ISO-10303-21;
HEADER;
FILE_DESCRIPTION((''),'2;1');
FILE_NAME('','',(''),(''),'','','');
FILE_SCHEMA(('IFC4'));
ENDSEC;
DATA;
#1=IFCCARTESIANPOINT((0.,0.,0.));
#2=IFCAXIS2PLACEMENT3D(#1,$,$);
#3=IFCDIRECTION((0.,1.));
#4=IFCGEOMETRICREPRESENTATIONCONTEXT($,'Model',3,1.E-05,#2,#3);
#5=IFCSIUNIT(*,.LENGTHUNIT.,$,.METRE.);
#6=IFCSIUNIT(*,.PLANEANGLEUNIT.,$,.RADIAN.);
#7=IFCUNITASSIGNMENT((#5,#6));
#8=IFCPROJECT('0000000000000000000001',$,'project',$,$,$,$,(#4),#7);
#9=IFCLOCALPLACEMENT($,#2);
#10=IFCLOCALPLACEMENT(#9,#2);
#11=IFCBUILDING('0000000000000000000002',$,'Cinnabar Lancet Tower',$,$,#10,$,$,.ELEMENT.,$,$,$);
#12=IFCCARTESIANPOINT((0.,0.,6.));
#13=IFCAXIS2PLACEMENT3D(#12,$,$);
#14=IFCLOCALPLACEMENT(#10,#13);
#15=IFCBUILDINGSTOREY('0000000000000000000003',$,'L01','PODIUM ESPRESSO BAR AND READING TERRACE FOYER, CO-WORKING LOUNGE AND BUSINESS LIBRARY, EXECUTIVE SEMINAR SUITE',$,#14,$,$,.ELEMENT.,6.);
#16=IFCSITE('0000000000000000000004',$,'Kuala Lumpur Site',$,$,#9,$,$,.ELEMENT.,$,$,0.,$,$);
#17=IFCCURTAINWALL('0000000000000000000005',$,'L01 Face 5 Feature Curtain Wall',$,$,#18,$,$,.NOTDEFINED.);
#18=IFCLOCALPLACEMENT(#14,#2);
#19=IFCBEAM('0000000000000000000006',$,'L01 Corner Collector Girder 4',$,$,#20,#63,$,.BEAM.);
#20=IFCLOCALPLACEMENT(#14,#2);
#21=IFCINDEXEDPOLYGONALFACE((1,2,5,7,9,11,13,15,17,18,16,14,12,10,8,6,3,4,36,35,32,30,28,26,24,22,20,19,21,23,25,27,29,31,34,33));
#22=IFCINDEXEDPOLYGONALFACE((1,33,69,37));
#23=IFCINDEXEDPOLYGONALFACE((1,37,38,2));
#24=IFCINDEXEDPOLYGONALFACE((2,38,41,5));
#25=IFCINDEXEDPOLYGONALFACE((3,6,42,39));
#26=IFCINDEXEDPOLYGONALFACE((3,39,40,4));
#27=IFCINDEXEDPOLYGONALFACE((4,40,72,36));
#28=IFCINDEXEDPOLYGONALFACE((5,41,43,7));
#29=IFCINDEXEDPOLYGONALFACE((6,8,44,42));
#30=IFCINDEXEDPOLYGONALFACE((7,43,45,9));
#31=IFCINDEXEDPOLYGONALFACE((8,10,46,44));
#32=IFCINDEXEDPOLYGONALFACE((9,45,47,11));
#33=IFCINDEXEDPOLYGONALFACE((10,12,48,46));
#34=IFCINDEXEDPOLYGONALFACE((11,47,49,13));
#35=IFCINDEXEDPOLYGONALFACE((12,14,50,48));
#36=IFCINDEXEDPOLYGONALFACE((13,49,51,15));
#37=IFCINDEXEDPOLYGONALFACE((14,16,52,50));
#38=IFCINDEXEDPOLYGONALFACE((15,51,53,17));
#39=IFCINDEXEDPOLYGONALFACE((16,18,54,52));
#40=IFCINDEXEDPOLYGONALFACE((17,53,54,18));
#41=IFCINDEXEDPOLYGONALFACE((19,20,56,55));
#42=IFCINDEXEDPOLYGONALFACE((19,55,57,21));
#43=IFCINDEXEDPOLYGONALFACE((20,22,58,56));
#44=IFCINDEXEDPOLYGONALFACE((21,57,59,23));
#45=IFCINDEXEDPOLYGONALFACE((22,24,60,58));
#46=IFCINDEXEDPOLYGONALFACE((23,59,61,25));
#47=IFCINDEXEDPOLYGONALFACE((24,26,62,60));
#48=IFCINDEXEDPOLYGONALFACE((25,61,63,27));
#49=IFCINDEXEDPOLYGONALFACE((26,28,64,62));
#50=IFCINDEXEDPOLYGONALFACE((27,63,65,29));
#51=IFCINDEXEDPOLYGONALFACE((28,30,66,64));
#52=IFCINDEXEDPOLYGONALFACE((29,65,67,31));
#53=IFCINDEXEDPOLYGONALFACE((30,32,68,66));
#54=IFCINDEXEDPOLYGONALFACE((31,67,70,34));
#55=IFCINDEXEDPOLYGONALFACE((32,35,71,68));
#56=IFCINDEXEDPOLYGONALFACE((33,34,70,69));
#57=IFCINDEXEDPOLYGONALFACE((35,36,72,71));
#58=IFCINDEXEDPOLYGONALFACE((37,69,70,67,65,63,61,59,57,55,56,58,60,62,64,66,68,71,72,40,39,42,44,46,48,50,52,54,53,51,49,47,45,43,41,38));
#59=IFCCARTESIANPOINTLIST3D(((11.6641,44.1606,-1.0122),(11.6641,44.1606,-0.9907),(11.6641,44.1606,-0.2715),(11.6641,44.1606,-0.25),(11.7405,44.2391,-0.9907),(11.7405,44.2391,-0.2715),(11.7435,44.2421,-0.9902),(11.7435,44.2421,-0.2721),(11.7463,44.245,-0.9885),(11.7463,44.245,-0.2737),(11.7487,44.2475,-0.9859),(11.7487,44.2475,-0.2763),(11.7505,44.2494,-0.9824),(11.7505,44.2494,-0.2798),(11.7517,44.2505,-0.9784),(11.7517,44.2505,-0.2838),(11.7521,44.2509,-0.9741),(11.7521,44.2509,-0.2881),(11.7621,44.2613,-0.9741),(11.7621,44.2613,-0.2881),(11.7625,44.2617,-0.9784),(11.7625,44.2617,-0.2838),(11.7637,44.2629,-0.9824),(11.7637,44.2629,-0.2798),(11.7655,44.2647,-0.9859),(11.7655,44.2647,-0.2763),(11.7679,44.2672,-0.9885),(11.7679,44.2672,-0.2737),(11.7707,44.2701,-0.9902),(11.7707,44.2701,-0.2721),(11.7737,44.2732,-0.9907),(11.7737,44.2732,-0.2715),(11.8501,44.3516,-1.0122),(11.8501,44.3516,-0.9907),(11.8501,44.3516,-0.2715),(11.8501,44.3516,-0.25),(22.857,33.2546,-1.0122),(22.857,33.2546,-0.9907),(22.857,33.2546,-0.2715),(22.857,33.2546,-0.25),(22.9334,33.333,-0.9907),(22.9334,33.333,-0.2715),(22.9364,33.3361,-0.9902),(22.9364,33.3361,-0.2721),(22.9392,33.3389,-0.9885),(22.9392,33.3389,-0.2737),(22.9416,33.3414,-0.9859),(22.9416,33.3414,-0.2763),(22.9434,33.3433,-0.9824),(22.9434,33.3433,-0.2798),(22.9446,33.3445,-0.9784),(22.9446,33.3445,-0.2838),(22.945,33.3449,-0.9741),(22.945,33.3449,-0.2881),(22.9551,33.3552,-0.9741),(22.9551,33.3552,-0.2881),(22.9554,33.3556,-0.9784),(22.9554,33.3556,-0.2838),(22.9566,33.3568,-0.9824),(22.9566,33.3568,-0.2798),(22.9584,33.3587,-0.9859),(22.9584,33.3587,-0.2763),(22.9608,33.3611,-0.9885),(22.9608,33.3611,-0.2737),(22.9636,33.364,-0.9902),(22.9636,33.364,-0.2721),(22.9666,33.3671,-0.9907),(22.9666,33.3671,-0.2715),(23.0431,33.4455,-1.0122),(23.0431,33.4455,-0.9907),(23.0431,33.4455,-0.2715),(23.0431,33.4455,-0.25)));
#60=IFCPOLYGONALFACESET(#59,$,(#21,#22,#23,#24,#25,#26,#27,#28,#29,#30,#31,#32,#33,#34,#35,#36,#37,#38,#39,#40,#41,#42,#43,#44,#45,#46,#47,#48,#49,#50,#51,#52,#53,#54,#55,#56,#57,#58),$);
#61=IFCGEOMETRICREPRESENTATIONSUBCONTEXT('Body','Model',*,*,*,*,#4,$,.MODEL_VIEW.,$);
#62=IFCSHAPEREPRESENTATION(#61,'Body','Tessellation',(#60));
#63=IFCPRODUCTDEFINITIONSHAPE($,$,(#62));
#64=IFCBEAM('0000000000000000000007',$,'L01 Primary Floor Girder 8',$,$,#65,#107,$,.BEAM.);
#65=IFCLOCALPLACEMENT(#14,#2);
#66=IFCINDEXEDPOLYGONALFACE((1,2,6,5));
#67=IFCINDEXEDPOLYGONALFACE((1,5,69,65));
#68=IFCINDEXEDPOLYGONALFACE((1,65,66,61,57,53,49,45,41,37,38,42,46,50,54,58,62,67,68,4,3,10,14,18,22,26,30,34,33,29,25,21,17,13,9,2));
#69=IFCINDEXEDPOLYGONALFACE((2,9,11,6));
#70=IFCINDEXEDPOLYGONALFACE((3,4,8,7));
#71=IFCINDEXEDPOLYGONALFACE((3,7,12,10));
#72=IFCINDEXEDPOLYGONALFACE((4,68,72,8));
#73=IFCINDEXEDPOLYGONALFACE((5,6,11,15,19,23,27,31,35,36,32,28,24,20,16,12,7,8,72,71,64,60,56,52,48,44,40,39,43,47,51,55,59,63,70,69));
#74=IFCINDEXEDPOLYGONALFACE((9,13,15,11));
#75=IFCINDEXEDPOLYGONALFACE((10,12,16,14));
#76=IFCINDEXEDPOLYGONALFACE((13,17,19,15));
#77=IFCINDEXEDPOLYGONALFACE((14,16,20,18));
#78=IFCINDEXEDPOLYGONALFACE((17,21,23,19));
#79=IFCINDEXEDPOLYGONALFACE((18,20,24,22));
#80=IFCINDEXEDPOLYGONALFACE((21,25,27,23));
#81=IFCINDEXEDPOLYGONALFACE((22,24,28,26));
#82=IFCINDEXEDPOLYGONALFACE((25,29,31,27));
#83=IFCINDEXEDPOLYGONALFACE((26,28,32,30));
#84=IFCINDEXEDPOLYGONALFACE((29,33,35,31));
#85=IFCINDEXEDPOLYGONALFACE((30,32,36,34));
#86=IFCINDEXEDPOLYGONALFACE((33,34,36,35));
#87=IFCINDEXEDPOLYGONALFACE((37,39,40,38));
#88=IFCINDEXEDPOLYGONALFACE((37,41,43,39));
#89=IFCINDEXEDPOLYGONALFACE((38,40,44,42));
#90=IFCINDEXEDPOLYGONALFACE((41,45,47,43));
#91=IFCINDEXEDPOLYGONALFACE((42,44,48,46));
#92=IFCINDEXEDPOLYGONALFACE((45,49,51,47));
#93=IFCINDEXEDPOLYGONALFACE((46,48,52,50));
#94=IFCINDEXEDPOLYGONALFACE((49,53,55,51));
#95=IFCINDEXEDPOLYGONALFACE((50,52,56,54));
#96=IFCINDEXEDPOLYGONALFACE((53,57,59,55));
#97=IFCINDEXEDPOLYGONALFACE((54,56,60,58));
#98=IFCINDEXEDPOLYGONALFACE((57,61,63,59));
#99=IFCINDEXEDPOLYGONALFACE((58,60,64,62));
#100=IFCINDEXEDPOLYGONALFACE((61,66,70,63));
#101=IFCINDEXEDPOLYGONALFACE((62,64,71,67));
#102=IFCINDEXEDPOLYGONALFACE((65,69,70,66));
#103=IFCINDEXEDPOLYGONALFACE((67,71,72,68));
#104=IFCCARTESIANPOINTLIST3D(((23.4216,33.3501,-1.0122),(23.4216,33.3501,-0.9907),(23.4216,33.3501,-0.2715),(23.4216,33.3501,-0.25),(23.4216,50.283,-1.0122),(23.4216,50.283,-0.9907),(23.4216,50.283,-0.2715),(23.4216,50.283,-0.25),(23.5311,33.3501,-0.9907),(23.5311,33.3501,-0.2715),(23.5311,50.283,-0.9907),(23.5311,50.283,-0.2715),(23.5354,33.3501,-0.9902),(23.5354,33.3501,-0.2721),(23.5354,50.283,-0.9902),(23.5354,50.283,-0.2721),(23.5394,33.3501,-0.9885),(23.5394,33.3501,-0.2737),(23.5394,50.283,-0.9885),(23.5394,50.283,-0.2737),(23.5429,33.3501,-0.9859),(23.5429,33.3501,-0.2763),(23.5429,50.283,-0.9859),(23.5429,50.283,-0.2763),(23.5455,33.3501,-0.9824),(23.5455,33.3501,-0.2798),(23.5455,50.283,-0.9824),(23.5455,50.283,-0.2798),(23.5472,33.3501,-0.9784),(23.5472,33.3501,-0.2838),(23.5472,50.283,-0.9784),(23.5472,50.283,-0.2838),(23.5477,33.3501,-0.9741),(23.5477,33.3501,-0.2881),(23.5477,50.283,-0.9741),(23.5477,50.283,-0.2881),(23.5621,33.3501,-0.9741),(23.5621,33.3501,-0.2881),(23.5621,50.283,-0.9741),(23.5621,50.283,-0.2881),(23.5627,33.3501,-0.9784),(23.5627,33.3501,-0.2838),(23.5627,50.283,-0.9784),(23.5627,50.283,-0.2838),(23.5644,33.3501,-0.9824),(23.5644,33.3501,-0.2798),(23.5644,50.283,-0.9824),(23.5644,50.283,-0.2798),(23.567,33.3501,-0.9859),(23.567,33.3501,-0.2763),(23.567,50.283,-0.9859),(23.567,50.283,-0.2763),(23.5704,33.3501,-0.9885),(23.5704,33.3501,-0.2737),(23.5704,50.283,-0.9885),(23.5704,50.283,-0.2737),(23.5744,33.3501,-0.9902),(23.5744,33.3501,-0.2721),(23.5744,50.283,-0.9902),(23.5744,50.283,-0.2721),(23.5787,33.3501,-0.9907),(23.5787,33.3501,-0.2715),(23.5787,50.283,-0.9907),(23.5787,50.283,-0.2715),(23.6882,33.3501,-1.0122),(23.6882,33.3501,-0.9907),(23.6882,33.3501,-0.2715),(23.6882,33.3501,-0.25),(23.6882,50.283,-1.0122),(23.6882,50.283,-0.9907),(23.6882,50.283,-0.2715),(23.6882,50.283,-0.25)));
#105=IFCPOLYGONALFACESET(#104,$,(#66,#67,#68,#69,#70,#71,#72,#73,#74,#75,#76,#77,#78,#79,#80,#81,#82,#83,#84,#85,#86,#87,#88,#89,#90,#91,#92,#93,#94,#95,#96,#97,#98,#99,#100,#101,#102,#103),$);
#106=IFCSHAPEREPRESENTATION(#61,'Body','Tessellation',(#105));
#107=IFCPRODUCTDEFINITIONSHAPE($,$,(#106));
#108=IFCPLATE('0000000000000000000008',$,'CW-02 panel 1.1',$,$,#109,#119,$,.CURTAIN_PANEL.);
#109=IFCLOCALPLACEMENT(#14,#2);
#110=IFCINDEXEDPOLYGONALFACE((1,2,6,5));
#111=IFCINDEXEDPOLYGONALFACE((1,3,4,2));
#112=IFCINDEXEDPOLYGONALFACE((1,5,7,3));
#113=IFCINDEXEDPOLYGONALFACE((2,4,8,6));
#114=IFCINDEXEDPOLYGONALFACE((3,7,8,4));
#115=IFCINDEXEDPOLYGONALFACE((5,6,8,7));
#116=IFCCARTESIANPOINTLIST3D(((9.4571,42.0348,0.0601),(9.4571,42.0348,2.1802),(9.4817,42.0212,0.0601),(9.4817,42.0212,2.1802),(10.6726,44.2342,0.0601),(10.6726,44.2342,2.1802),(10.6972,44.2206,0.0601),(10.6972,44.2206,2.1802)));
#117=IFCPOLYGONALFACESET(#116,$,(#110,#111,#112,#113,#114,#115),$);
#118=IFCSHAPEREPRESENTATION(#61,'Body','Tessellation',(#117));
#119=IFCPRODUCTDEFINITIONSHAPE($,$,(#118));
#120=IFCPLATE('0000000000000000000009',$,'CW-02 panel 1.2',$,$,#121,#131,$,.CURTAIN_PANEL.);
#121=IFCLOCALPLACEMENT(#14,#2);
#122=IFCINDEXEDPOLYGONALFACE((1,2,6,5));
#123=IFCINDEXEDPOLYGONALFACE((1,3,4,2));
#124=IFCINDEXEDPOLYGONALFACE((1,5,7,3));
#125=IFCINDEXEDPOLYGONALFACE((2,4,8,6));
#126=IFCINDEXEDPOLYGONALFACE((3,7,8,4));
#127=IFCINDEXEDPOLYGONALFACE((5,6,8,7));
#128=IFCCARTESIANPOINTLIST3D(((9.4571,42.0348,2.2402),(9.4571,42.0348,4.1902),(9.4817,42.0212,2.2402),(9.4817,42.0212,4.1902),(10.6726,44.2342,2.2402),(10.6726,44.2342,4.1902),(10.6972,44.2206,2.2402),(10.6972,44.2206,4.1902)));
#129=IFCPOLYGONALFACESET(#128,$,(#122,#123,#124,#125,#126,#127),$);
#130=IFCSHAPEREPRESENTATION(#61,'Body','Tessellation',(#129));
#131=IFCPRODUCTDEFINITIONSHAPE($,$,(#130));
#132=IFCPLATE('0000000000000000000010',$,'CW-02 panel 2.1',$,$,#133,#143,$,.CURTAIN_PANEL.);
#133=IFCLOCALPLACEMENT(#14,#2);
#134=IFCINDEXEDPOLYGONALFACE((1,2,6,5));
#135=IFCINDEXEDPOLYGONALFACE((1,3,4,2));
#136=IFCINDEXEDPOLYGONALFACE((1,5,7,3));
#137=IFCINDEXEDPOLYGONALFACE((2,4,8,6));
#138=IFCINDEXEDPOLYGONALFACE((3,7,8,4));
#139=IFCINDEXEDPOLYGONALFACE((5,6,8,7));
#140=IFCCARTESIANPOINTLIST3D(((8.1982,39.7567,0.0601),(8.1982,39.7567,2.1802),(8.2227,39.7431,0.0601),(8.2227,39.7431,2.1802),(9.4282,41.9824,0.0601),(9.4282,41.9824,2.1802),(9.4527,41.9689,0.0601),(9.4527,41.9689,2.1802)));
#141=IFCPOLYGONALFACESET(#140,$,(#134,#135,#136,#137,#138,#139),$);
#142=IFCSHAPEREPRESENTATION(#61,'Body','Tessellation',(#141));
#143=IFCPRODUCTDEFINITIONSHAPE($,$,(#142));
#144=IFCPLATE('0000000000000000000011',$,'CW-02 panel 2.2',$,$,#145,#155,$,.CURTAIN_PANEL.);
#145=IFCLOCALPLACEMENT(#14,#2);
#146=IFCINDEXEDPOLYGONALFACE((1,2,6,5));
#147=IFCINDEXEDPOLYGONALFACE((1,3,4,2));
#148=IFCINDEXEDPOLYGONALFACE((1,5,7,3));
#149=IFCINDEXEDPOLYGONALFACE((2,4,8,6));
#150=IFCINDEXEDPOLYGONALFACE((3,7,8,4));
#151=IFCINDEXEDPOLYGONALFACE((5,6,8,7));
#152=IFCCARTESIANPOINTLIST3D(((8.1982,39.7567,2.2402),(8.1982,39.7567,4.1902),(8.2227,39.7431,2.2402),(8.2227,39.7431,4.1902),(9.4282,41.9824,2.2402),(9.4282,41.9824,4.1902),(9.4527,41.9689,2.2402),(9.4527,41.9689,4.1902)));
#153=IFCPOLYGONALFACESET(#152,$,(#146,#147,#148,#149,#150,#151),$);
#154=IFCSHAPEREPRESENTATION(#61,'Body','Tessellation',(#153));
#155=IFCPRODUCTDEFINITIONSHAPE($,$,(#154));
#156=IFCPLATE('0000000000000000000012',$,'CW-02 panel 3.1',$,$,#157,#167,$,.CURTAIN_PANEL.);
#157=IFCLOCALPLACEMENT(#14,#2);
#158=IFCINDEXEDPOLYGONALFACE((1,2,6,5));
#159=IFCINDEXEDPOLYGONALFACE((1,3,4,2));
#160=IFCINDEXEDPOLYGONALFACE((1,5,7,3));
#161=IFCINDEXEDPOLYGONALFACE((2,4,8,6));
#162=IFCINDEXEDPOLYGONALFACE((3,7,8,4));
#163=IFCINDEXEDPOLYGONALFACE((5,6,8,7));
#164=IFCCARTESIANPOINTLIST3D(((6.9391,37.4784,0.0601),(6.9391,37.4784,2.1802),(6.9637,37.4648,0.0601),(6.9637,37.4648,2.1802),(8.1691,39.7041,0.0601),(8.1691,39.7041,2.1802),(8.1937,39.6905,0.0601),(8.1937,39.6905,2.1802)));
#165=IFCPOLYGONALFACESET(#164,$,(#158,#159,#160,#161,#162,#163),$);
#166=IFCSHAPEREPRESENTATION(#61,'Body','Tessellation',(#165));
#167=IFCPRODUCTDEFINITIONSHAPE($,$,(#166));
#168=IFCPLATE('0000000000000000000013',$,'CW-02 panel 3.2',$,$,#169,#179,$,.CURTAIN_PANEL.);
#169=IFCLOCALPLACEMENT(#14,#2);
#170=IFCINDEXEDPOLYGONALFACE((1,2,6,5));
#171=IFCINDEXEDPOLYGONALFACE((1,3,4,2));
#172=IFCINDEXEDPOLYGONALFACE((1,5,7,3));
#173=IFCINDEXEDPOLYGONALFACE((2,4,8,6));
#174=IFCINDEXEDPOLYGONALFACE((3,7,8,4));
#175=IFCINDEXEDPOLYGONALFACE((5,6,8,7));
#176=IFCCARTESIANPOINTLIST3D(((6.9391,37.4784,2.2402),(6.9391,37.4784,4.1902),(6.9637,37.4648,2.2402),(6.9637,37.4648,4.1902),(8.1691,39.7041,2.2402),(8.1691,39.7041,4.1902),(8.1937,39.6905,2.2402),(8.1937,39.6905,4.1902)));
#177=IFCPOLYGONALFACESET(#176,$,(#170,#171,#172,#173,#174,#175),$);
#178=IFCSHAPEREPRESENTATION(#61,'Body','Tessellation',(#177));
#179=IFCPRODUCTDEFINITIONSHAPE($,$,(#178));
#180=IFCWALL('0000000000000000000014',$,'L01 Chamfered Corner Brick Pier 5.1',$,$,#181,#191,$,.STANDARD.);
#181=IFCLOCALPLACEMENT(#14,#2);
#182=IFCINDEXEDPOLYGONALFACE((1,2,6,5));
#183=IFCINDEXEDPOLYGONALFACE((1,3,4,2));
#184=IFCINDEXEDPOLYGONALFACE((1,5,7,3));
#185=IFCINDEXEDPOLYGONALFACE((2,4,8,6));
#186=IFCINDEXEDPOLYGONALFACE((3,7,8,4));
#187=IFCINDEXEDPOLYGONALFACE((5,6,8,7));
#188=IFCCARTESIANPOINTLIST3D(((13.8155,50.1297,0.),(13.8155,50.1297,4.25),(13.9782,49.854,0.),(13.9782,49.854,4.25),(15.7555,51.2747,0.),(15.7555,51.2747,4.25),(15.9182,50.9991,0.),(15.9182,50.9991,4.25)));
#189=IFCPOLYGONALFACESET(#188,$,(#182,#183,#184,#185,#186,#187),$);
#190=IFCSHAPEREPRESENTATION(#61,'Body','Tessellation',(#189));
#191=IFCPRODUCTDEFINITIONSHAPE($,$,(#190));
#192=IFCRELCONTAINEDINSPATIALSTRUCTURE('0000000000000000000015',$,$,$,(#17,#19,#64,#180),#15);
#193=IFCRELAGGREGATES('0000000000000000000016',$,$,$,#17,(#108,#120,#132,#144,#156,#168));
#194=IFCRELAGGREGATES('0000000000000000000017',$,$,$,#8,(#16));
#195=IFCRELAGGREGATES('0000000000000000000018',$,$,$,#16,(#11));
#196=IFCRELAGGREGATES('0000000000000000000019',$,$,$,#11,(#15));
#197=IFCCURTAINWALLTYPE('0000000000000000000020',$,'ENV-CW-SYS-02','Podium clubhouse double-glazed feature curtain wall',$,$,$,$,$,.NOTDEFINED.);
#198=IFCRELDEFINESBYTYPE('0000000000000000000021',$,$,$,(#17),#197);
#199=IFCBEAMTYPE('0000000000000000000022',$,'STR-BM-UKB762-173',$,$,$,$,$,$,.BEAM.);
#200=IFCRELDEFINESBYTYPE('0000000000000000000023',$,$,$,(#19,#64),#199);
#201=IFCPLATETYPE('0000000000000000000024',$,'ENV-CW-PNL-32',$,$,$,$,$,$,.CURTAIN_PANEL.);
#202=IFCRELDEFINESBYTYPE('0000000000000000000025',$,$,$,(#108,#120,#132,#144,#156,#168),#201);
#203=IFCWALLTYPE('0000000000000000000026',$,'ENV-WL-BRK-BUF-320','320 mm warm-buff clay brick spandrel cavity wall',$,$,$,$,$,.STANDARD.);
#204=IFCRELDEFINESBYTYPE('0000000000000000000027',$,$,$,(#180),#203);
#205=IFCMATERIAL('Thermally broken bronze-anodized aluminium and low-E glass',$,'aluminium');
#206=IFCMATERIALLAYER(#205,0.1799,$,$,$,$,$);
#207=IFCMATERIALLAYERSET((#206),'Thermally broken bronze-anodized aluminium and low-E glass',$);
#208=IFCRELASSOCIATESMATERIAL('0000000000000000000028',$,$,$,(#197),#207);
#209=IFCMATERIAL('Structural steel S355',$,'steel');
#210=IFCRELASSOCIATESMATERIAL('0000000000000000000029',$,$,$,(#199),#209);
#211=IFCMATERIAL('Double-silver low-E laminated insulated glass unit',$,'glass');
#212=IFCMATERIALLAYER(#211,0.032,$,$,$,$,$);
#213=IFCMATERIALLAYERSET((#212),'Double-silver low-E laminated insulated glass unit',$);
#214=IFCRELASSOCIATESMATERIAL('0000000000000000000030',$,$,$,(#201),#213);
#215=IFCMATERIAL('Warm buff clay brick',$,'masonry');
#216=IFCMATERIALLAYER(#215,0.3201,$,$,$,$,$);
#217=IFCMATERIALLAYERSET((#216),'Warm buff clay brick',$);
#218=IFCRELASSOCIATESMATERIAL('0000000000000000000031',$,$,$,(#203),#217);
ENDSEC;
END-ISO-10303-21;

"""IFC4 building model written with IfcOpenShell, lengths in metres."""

from ifc_helpers import new_model, si_unit, direction, frame, frame_2d, origin, origin_2d, place, context, subcontext, project, spatial, rectangle, i_section, extrude, material, layer, layer_set, material_profile, profile_set, type_object, element, aggregate, save


model = new_model("IFC4")

# Units and contexts
model_context = context("Model", 3, precision=1e-05, world=origin(), true_north=direction((0.0, 1.0)))
body_context = subcontext(model_context, "Body", "Model", "MODEL_VIEW")
ifc_project = project(units=[si_unit("LENGTHUNIT", "METRE"), si_unit("PLANEANGLEUNIT", "RADIAN")], contexts=[model_context])

# Site, building, storey
site_placement = place(None, origin())
site = spatial("IfcSite", under=ifc_project, at=site_placement, Name="Kuala Lumpur Site", CompositionType="ELEMENT", RefElevation=0.0)
building_placement = place(site_placement, origin())
building = spatial("IfcBuilding", under=site, at=building_placement, Name="Cinnabar Lancet Tower", CompositionType="ELEMENT")
storey_placement = place(building_placement, frame((0.0, 0.0, 6.0)))
storey = spatial("IfcBuildingStorey", under=building, at=storey_placement, Name="L01", Description="PODIUM ESPRESSO BAR AND READING TERRACE FOYER, CO-WORKING LOUNGE AND BUSINESS LIBRARY, EXECUTIVE SEMINAR SUITE", CompositionType="ELEMENT", Elevation=6.0)

# Curtain wall
ifc_material_1 = material(Name="Thermally broken bronze-anodized aluminium and low-E glass", Category="aluminium")
ifc_layer_1 = layer(ifc_material_1, 0.1799)
ifc_layer_set_1 = layer_set([ifc_layer_1], Name="Thermally broken bronze-anodized aluminium and low-E glass")
curtain_wall_type = type_object("IfcCurtainWallType", Name="ENV-CW-SYS-02", Description="Podium clubhouse double-glazed feature curtain wall", PredefinedType="NOTDEFINED", material=ifc_layer_set_1)
curtain_wall_placement = place(storey_placement, origin())
curtain_wall = element("IfcCurtainWall", 1, at=curtain_wall_placement, inside=storey, type_object=curtain_wall_type, Name="L01 Face 5 Feature Curtain Wall", PredefinedType="NOTDEFINED")

# Beams
ifc_material_2 = material(Name="Structural steel S355", Category="steel")
ifc_material_profile_1 = material_profile(ifc_material_2, i_section(OverallWidth=0.2666, OverallDepth=0.7622, WebThickness=0.0144, FlangeThickness=0.0215, FilletRadius=0.0166, at=origin_2d()), Name="UKB 762x267x173")
ifc_profile_set_1 = profile_set([ifc_material_profile_1], Name="Structural steel S355")
beam_type_1 = type_object("IfcBeamType", Name="STR-BM-UKB762-173", PredefinedType="BEAM", material=ifc_profile_set_1)
beam_1_placement = place(storey_placement, frame((11.7571, 44.2561, -0.6311), z_axis=(0.716225, -0.697869, 0.0), x_axis=(0.697869, 0.716225, 0.0)))
element("IfcBeam", 2, at=beam_1_placement, inside=storey, type_object=beam_type_1, Name="L01 Corner Collector Girder 4", PredefinedType="BEAM", context=body_context, shape_type="SweptSolid", body=[
    extrude(i_section(OverallWidth=0.2666, OverallDepth=0.7622, WebThickness=0.0144, FlangeThickness=0.0215, FilletRadius=0.0166, at=origin_2d()), origin(), (0.0, 0.0, 1.0), 15.6277),
])
beam_2_placement = place(storey_placement, frame((23.5549, 50.283, -0.6311), z_axis=(0.0, -1.0, 0.0), x_axis=(1.0, 0.0, 0.0)))
element("IfcBeam", 3, at=beam_2_placement, inside=storey, type_object=beam_type_1, Name="L01 Primary Floor Girder 8", PredefinedType="BEAM", context=body_context, shape_type="SweptSolid", body=[
    extrude(i_section(OverallWidth=0.2666, OverallDepth=0.7622, WebThickness=0.0144, FlangeThickness=0.0215, FilletRadius=0.0166, at=origin_2d()), origin(), (0.0, 0.0, 1.0), 16.9329),
])

# Plates
ifc_material_3 = material(Name="Double-silver low-E laminated insulated glass unit", Category="glass")
ifc_layer_2 = layer(ifc_material_3, 0.032)
ifc_layer_set_2 = layer_set([ifc_layer_2], Name="Double-silver low-E laminated insulated glass unit")
plate_type = type_object("IfcPlateType", Name="ENV-CW-PNL-32", PredefinedType="CURTAIN_PANEL", material=ifc_layer_set_2)
plate_1_placement = place(storey_placement, frame((10.0771, 43.1277, 0.0601), z_axis=(0.0, 0.0, 1.0), x_axis=(-0.483685, -0.875242, 0.0)))
plate_1 = element("IfcPlate", 4, at=plate_1_placement, type_object=plate_type, Name="CW-02 panel 1.1", PredefinedType="CURTAIN_PANEL", context=body_context, shape_type="SweptSolid", body=[
    extrude(rectangle(XDim=2.5129, YDim=0.0281, at=origin_2d()), origin(), (0.0, 0.0, 1.0), 2.1201),
])
plate_2_placement = place(storey_placement, frame((10.0771, 43.1277, 2.2402), z_axis=(0.0, 0.0, 1.0), x_axis=(-0.483685, -0.875242, 0.0)))
plate_2 = element("IfcPlate", 5, at=plate_2_placement, type_object=plate_type, Name="CW-02 panel 1.2", PredefinedType="CURTAIN_PANEL", context=body_context, shape_type="SweptSolid", body=[
    extrude(rectangle(XDim=2.5129, YDim=0.0281, at=origin_2d()), origin(), (0.0, 0.0, 1.0), 1.95),
])
plate_3_placement = place(storey_placement, frame((8.8254, 40.8628, 0.0601), z_axis=(0.0, 0.0, 1.0), x_axis=(-0.483685, -0.875242, 0.0)))
plate_3 = element("IfcPlate", 6, at=plate_3_placement, type_object=plate_type, Name="CW-02 panel 2.1", PredefinedType="CURTAIN_PANEL", context=body_context, shape_type="SweptSolid", body=[
    extrude(rectangle(XDim=2.543, YDim=0.0281, at=origin_2d()), origin(), (0.0, 0.0, 1.0), 2.1201),
])
plate_4_placement = place(storey_placement, frame((8.8254, 40.8628, 2.2402), z_axis=(0.0, 0.0, 1.0), x_axis=(-0.483685, -0.875242, 0.0)))
plate_4 = element("IfcPlate", 7, at=plate_4_placement, type_object=plate_type, Name="CW-02 panel 2.2", PredefinedType="CURTAIN_PANEL", context=body_context, shape_type="SweptSolid", body=[
    extrude(rectangle(XDim=2.543, YDim=0.0281, at=origin_2d()), origin(), (0.0, 0.0, 1.0), 1.95),
])
plate_5_placement = place(storey_placement, frame((7.5664, 38.5845, 0.0601), z_axis=(0.0, 0.0, 1.0), x_axis=(-0.483685, -0.875242, 0.0)))
plate_5 = element("IfcPlate", 8, at=plate_5_placement, type_object=plate_type, Name="CW-02 panel 3.1", PredefinedType="CURTAIN_PANEL", context=body_context, shape_type="SweptSolid", body=[
    extrude(rectangle(XDim=2.543, YDim=0.0281, at=origin_2d()), origin(), (0.0, 0.0, 1.0), 2.1201),
])
plate_6_placement = place(storey_placement, frame((7.5664, 38.5845, 2.2402), z_axis=(0.0, 0.0, 1.0), x_axis=(-0.483685, -0.875242, 0.0)))
plate_6 = element("IfcPlate", 9, at=plate_6_placement, type_object=plate_type, Name="CW-02 panel 3.2", PredefinedType="CURTAIN_PANEL", context=body_context, shape_type="SweptSolid", body=[
    extrude(rectangle(XDim=2.543, YDim=0.0281, at=origin_2d()), origin(), (0.0, 0.0, 1.0), 1.95),
])
aggregate(curtain_wall, [plate_1, plate_2, plate_3, plate_4, plate_5, plate_6])

# Wall
ifc_material_4 = material(Name="Warm buff clay brick", Category="masonry")
ifc_layer_3 = layer(ifc_material_4, 0.3201)
ifc_layer_set_3 = layer_set([ifc_layer_3], Name="Warm buff clay brick")
wall_type = type_object("IfcWallType", Name="ENV-WL-BRK-BUF-320", Description="320 mm warm-buff clay brick spandrel cavity wall", PredefinedType="STANDARD", material=ifc_layer_set_3)
wall_1_placement = place(storey_placement, frame((15.8369, 51.137, 0.0), z_axis=(0.0, 0.0, 1.0), x_axis=(-0.861181, -0.508298, 0.0)))
element("IfcWall", 10, at=wall_1_placement, inside=storey, type_object=wall_type, Name="L01 Chamfered Corner Brick Pier 5.1", PredefinedType="STANDARD", context=body_context, shape_type="SweptSolid", body=[
    extrude(rectangle(XDim=2.2527, YDim=0.3201, at=frame_2d((1.1265, 0.0))), origin(), (0.0, 0.0, 1.0), 4.25),
])

save(model, "model.ifc")
